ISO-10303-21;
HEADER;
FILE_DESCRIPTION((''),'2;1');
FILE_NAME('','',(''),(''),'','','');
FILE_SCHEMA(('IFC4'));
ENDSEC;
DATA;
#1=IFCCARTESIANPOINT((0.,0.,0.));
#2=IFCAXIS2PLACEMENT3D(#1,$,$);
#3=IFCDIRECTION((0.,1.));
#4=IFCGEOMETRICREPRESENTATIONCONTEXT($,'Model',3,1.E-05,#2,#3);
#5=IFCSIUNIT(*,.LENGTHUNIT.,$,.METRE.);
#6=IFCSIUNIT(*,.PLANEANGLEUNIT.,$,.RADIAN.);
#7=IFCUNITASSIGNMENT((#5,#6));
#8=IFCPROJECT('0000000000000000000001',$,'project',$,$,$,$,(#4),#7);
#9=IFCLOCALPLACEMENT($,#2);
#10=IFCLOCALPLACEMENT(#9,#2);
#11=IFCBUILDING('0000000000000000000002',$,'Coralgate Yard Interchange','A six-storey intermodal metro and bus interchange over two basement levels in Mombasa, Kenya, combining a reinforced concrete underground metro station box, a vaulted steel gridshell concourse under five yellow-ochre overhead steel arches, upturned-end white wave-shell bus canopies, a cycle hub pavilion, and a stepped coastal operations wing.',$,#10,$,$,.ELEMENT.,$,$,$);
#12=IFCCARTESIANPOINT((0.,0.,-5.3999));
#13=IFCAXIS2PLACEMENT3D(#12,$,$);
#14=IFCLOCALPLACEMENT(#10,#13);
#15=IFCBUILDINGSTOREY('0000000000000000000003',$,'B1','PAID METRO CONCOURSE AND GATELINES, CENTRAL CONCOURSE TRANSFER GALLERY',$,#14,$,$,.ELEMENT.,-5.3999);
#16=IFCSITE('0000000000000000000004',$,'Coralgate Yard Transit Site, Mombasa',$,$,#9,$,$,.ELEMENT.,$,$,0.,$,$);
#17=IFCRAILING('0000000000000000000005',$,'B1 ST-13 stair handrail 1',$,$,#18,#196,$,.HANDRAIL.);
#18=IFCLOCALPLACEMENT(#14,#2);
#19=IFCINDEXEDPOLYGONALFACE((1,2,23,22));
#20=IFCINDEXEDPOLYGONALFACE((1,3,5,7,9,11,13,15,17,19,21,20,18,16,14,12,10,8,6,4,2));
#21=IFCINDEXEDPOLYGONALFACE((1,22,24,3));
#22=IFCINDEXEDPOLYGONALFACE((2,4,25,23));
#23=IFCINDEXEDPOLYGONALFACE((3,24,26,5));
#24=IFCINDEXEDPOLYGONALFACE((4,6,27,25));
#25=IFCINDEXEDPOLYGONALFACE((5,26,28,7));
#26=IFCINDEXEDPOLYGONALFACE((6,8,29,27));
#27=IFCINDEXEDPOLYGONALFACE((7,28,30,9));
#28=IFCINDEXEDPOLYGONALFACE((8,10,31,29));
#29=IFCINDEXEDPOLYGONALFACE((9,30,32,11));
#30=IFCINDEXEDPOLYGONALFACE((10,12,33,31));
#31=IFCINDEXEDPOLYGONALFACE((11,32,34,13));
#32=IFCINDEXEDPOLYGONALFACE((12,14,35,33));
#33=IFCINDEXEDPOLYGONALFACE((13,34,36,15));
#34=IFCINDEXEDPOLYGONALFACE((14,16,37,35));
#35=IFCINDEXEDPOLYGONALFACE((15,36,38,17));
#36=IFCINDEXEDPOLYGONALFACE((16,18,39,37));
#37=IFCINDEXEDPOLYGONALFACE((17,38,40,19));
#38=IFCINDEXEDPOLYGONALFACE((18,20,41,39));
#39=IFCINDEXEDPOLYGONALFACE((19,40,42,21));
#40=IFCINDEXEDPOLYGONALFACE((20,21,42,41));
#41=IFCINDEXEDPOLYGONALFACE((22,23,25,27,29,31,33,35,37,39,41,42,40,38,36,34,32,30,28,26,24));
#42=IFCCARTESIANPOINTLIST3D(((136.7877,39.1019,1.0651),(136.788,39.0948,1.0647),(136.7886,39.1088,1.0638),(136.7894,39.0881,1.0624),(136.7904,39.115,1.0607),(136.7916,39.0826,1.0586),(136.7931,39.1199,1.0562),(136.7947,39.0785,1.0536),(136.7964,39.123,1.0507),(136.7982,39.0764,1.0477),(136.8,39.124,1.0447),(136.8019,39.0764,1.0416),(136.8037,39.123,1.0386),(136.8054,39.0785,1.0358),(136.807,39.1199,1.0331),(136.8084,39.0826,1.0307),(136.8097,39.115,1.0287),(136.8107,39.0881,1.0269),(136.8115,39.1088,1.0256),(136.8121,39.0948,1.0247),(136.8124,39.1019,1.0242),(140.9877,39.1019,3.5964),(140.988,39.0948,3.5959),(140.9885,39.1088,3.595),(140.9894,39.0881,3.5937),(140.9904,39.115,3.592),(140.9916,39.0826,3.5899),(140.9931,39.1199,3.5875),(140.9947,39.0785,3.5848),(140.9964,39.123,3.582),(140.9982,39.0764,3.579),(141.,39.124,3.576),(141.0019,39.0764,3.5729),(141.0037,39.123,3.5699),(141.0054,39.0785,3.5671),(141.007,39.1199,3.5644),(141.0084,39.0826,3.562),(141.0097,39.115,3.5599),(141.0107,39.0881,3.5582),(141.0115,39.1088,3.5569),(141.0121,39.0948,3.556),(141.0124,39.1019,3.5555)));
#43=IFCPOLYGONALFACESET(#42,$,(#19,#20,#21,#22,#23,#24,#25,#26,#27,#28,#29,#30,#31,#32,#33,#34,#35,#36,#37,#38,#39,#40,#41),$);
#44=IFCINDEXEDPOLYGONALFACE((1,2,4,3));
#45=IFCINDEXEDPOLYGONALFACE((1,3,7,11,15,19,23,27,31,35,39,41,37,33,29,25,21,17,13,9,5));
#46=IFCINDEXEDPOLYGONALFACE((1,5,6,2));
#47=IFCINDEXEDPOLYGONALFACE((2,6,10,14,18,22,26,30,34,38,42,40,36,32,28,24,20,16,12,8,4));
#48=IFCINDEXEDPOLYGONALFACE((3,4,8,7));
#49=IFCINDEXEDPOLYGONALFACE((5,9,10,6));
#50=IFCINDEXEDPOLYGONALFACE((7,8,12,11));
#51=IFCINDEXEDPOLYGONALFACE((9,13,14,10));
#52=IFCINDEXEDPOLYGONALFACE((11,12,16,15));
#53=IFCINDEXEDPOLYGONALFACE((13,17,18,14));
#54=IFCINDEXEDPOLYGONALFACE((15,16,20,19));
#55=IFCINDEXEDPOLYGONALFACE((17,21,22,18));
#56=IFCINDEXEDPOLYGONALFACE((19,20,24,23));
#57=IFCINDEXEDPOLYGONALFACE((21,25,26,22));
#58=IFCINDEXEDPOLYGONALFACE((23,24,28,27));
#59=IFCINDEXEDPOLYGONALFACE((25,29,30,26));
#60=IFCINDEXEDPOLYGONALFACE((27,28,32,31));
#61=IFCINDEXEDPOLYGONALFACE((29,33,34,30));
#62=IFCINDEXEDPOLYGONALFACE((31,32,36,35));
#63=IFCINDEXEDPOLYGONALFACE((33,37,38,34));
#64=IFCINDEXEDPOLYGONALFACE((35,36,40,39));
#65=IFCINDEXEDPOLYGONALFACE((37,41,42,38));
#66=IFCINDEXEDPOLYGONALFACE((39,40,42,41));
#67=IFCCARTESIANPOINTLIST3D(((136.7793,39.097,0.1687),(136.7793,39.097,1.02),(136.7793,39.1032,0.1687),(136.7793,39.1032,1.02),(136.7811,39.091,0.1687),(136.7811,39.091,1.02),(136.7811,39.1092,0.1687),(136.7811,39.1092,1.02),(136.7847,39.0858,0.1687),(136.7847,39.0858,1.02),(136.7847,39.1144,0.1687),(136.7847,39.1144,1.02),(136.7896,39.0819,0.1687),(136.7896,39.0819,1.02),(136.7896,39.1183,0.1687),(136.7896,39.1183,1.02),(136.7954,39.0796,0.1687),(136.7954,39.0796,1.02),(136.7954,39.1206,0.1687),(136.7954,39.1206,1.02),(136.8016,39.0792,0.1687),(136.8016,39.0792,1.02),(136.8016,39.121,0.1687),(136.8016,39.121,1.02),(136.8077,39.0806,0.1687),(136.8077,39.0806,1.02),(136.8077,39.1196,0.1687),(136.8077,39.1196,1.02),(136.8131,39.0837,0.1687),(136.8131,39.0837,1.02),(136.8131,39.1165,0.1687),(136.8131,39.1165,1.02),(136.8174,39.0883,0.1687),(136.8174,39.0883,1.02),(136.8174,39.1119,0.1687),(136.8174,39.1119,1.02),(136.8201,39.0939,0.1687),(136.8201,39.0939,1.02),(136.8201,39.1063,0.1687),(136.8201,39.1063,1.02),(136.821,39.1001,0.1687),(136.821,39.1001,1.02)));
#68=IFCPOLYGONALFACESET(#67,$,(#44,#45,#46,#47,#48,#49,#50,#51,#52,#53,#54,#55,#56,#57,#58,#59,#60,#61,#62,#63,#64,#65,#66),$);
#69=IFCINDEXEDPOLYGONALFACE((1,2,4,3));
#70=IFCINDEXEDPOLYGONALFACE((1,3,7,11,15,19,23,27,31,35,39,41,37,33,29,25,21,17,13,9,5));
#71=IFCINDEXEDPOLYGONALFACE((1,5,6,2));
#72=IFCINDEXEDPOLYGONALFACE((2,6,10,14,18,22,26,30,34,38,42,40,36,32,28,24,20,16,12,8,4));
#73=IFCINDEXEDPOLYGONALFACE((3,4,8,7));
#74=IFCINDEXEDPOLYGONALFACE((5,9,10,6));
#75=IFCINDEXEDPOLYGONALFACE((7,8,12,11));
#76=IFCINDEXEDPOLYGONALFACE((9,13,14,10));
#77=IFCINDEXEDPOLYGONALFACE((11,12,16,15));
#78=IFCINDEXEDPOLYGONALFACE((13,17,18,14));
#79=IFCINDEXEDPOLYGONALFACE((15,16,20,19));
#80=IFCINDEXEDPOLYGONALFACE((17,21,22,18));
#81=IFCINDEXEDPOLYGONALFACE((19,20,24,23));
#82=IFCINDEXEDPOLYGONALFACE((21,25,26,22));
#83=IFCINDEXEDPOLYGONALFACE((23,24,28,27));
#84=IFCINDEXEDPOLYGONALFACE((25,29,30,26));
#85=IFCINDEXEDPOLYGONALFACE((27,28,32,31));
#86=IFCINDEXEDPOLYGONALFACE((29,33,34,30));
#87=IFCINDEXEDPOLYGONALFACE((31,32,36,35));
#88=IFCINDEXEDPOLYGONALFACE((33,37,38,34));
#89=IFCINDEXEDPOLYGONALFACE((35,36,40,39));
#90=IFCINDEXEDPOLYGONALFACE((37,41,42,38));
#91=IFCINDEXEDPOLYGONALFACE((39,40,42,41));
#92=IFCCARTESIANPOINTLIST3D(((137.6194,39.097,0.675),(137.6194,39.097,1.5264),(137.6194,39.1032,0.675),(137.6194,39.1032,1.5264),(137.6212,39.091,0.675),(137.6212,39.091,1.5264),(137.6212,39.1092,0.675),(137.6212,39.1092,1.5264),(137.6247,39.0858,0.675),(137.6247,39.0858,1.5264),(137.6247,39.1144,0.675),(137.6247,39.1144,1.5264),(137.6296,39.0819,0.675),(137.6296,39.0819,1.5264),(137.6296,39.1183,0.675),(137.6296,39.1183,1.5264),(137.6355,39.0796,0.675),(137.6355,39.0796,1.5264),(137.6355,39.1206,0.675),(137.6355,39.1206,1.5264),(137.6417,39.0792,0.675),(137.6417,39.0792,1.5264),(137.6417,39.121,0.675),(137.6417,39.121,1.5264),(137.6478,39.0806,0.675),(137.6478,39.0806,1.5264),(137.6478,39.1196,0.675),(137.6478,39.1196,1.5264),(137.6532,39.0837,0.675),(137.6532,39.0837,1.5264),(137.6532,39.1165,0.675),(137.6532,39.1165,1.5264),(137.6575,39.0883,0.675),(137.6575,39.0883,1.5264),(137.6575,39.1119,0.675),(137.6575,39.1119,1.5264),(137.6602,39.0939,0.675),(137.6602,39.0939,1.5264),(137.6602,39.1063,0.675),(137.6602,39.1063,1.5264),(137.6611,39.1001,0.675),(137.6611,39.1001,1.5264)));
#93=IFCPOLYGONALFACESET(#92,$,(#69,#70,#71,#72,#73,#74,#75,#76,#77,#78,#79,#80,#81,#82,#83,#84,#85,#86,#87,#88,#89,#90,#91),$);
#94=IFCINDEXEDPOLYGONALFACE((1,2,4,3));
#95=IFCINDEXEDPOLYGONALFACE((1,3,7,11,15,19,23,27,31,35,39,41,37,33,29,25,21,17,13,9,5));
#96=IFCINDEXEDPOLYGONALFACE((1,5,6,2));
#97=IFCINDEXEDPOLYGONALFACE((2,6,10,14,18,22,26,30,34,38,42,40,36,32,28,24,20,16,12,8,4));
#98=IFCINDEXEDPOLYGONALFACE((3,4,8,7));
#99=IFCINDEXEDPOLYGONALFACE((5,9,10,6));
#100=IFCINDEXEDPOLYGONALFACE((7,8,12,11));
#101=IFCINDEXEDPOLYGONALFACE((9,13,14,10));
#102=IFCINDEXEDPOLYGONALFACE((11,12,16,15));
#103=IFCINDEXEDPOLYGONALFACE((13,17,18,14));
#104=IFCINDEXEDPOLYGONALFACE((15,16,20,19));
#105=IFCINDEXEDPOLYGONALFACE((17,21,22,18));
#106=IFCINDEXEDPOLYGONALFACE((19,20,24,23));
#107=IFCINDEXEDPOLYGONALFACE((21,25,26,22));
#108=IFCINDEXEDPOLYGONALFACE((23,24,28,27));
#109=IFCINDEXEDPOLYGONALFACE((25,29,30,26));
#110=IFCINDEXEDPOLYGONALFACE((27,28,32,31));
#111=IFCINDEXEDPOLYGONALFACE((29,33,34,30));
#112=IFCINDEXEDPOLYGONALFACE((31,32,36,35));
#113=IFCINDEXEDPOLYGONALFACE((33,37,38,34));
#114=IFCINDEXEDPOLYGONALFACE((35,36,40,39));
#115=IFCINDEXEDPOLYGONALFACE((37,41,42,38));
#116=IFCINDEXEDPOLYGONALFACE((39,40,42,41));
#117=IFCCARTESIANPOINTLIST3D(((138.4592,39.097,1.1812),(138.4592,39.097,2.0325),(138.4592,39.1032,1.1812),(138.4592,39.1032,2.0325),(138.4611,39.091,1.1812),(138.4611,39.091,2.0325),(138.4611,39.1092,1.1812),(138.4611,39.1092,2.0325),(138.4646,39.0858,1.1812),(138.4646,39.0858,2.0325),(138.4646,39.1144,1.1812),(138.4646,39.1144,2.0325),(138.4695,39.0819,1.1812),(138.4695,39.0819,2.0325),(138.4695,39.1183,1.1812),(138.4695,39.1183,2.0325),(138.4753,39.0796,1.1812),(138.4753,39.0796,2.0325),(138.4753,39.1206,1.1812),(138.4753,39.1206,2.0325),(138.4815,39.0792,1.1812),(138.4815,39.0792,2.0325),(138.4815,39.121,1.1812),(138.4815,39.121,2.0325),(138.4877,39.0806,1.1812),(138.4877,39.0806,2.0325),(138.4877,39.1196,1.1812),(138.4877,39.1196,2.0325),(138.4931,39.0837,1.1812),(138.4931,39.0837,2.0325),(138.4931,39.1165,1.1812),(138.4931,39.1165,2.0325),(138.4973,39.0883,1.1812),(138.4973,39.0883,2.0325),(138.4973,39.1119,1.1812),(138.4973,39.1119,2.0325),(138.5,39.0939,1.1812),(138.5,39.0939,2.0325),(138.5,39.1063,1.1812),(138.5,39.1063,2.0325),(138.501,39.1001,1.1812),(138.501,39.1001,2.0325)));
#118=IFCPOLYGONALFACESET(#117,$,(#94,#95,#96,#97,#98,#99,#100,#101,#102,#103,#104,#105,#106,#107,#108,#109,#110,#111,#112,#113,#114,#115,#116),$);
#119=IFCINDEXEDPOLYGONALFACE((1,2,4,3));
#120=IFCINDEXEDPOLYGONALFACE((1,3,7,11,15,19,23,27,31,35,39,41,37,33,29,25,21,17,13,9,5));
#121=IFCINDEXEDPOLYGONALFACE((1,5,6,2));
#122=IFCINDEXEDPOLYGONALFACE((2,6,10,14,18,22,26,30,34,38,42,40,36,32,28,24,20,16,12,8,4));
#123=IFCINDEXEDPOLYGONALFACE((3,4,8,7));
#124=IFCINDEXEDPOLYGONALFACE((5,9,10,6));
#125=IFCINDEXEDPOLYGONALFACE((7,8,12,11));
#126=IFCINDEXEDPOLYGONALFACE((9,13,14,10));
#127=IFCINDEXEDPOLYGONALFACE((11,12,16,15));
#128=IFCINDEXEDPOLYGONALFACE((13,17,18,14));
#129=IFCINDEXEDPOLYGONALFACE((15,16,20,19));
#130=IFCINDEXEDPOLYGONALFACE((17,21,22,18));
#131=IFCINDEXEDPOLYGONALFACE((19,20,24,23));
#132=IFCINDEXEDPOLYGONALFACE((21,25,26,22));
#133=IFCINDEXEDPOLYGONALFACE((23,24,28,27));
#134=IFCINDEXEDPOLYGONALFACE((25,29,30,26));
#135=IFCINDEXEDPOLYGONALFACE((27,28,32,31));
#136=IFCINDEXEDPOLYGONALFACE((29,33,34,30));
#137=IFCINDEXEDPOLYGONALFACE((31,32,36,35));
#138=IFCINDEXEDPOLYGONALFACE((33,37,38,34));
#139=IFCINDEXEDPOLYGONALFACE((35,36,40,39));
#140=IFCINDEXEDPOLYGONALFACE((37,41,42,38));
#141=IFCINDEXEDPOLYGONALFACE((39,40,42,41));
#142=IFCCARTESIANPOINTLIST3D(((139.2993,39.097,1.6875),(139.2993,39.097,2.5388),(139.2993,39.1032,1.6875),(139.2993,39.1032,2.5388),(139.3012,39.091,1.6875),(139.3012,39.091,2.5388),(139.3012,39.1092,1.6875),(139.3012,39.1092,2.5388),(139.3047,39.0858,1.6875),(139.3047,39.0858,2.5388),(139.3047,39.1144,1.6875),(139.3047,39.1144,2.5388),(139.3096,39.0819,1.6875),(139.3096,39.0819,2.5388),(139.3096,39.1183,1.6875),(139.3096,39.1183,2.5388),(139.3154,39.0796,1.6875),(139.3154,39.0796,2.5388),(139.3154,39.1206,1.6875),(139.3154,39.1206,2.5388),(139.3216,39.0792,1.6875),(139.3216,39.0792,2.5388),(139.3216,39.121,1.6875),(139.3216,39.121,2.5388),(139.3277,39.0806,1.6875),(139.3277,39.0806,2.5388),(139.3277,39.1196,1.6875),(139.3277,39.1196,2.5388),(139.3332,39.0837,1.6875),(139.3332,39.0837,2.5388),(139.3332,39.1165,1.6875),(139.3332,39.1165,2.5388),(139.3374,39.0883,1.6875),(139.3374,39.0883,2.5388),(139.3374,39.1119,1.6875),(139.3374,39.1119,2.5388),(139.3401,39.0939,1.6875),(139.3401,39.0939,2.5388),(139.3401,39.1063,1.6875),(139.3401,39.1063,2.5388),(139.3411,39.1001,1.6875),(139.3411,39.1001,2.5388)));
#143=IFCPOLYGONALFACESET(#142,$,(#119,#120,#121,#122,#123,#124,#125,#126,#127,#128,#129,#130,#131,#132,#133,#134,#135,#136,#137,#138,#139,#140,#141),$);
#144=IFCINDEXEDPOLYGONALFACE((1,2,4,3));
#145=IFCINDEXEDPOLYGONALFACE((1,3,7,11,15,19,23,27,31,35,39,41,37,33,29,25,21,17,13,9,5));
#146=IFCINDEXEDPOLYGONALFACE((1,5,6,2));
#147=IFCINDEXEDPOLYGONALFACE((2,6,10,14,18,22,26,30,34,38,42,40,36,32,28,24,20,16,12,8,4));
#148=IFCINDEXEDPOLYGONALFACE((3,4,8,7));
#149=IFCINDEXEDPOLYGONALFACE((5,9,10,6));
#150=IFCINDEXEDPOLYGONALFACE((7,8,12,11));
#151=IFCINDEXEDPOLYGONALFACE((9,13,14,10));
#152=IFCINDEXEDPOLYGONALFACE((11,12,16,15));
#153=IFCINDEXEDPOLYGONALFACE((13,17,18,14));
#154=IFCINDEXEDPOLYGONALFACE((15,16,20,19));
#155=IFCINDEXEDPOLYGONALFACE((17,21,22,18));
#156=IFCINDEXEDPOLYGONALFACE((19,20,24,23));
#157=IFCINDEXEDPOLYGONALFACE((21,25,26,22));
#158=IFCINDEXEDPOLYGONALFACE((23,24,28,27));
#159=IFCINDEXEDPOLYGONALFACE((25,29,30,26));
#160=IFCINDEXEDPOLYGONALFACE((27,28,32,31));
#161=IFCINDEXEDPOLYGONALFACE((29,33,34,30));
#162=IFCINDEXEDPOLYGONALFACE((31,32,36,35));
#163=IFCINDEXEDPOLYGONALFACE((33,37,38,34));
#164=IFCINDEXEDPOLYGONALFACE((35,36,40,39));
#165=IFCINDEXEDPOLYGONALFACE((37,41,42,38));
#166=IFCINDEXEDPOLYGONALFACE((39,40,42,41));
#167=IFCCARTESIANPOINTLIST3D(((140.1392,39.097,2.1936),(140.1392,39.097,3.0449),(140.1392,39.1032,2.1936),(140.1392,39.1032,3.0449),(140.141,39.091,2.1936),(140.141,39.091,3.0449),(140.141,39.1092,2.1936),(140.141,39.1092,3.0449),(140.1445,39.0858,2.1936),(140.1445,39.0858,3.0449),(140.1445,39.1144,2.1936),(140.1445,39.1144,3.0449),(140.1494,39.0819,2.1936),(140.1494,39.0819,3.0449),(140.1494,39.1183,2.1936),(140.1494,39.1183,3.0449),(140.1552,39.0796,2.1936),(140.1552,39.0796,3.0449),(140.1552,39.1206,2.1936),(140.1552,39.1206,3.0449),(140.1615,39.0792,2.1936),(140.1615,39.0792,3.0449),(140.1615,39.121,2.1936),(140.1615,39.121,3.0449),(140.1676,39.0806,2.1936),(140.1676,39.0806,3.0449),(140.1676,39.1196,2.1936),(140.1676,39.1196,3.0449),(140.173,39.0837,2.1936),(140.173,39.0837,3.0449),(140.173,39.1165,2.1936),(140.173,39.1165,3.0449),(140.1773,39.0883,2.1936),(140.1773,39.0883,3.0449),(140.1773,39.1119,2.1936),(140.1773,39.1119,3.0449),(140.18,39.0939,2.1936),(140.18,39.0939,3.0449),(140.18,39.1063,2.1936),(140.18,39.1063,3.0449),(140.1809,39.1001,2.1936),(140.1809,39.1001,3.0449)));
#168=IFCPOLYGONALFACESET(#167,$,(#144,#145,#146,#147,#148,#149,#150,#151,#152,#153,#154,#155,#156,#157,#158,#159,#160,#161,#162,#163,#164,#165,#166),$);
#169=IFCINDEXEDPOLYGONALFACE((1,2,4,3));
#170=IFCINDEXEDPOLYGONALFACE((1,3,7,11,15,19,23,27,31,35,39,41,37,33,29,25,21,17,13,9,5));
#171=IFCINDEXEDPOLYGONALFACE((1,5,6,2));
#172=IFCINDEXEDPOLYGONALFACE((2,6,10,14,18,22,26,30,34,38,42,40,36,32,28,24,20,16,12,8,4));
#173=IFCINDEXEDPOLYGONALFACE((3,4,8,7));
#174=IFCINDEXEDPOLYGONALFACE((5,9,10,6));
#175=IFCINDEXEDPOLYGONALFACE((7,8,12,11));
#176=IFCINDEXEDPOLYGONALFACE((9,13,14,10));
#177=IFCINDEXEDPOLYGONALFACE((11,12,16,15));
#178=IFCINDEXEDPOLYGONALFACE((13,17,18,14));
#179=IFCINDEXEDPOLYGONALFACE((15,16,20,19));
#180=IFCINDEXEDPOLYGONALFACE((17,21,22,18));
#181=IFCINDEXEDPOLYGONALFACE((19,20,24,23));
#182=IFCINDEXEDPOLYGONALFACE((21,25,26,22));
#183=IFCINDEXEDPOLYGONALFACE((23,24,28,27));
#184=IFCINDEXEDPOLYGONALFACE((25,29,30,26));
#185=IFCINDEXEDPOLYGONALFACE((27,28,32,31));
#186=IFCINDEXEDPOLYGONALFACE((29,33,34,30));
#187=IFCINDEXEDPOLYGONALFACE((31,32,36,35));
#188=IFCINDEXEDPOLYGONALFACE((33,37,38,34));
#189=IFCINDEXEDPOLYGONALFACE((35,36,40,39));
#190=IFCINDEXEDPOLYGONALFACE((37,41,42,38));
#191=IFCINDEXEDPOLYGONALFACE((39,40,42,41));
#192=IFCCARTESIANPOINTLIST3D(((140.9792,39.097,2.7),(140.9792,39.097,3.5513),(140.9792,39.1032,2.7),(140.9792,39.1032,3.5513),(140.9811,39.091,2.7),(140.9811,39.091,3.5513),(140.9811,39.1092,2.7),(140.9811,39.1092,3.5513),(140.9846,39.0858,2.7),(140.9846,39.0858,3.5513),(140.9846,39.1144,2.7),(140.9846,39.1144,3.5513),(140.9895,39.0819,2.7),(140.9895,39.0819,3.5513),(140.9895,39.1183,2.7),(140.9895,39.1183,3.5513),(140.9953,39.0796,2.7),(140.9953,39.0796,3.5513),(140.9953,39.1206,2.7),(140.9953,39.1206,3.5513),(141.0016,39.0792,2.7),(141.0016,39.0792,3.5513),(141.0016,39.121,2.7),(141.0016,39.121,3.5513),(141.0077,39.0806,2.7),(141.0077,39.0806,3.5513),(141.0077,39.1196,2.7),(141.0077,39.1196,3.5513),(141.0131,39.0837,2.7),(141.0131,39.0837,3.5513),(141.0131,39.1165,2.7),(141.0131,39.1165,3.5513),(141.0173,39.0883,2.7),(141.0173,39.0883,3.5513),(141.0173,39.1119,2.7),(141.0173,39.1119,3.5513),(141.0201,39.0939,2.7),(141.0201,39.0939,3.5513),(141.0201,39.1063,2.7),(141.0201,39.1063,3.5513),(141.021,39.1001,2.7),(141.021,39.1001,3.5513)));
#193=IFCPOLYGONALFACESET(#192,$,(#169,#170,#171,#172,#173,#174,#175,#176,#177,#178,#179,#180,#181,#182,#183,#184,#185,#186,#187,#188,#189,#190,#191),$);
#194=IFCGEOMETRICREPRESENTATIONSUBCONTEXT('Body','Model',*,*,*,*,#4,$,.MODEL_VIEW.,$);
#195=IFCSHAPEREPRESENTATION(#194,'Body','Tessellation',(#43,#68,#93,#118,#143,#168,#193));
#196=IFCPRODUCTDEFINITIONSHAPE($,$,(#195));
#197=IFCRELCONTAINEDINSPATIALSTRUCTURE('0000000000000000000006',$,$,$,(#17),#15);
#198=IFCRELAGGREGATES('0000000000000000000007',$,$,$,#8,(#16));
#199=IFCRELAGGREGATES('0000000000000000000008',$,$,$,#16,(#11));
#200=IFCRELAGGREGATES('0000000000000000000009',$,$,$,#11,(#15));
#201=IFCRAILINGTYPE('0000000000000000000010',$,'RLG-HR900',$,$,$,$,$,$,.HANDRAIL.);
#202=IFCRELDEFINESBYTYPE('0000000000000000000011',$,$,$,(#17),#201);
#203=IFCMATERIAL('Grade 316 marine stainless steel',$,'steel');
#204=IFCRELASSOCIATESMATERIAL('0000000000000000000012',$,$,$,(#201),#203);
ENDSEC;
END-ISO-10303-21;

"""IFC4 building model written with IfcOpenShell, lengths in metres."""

from ifc_helpers import new_model, si_unit, direction, frame, origin, origin_2d, place, context, subcontext, project, spatial, circle, extrude, material, type_object, element, save


model = new_model("IFC4")

# Units and contexts
model_context = context("Model", 3, precision=1e-05, world=origin(), true_north=direction((0.0, 1.0)))
body_context = subcontext(model_context, "Body", "Model", "MODEL_VIEW")
ifc_project = project(units=[si_unit("LENGTHUNIT", "METRE"), si_unit("PLANEANGLEUNIT", "RADIAN")], contexts=[model_context])

# Site, building, storey
site_placement = place(None, origin())
site = spatial("IfcSite", under=ifc_project, at=site_placement, Name="Coralgate Yard Transit Site, Mombasa", CompositionType="ELEMENT", RefElevation=0.0)
building_placement = place(site_placement, origin())
building = spatial("IfcBuilding", under=site, at=building_placement, Name="Coralgate Yard Interchange", Description="A six-storey intermodal metro and bus interchange over two basement levels in Mombasa, Kenya, combining a reinforced concrete underground metro station box, a vaulted steel gridshell concourse under five yellow-ochre overhead steel arches, upturned-end white wave-shell bus canopies, a cycle hub pavilion, and a stepped coastal operations wing.", CompositionType="ELEMENT")
storey_placement = place(building_placement, frame((0.0, 0.0, -5.3999)))
storey = spatial("IfcBuildingStorey", under=building, at=storey_placement, Name="B1", Description="PAID METRO CONCOURSE AND GATELINES, CENTRAL CONCOURSE TRANSFER GALLERY", CompositionType="ELEMENT", Elevation=-5.3999)

# Railing
ifc_material_1 = material(Name="Grade 316 marine stainless steel", Category="steel")
railing_type_1 = type_object("IfcRailingType", Name="RLG-HR900", PredefinedType="HANDRAIL", material=ifc_material_1)
railing_1_placement = place(storey_placement, frame((136.8, 39.1001, 0.1687)))
element("IfcRailing", 1, at=railing_1_placement, inside=storey, type_object=railing_type_1, Name="B1 ST-13 stair handrail 1", PredefinedType="HANDRAIL", context=body_context, shape_type="SweptSolid", body=[
    extrude(circle(Radius=0.0239, at=origin_2d()), frame((0.0, 0.0, 0.876), z_axis=(0.856476, 0.0, 0.516186), x_axis=(0.0, 1.0, 0.0)), (0.0, 0.0, 1.0), 4.9038),
    extrude(circle(Radius=0.021, at=origin_2d()), origin(), (0.0, 0.0, 1.0), 0.8513),
    extrude(circle(Radius=0.021, at=origin_2d()), frame((0.8401, 0.0, 0.5063)), (0.0, 0.0, 1.0), 0.8513),
    extrude(circle(Radius=0.021, at=origin_2d()), frame((1.6799, 0.0, 1.0125)), (0.0, 0.0, 1.0), 0.8513),
    extrude(circle(Radius=0.021, at=origin_2d()), frame((2.52, 0.0, 1.5188)), (0.0, 0.0, 1.0), 0.8513),
    extrude(circle(Radius=0.021, at=origin_2d()), frame((3.3599, 0.0, 2.0249)), (0.0, 0.0, 1.0), 0.8513),
    extrude(circle(Radius=0.021, at=origin_2d()), frame((4.2, 0.0, 2.5312)), (0.0, 0.0, 1.0), 0.8513),
])

save(model, "model.ifc")
